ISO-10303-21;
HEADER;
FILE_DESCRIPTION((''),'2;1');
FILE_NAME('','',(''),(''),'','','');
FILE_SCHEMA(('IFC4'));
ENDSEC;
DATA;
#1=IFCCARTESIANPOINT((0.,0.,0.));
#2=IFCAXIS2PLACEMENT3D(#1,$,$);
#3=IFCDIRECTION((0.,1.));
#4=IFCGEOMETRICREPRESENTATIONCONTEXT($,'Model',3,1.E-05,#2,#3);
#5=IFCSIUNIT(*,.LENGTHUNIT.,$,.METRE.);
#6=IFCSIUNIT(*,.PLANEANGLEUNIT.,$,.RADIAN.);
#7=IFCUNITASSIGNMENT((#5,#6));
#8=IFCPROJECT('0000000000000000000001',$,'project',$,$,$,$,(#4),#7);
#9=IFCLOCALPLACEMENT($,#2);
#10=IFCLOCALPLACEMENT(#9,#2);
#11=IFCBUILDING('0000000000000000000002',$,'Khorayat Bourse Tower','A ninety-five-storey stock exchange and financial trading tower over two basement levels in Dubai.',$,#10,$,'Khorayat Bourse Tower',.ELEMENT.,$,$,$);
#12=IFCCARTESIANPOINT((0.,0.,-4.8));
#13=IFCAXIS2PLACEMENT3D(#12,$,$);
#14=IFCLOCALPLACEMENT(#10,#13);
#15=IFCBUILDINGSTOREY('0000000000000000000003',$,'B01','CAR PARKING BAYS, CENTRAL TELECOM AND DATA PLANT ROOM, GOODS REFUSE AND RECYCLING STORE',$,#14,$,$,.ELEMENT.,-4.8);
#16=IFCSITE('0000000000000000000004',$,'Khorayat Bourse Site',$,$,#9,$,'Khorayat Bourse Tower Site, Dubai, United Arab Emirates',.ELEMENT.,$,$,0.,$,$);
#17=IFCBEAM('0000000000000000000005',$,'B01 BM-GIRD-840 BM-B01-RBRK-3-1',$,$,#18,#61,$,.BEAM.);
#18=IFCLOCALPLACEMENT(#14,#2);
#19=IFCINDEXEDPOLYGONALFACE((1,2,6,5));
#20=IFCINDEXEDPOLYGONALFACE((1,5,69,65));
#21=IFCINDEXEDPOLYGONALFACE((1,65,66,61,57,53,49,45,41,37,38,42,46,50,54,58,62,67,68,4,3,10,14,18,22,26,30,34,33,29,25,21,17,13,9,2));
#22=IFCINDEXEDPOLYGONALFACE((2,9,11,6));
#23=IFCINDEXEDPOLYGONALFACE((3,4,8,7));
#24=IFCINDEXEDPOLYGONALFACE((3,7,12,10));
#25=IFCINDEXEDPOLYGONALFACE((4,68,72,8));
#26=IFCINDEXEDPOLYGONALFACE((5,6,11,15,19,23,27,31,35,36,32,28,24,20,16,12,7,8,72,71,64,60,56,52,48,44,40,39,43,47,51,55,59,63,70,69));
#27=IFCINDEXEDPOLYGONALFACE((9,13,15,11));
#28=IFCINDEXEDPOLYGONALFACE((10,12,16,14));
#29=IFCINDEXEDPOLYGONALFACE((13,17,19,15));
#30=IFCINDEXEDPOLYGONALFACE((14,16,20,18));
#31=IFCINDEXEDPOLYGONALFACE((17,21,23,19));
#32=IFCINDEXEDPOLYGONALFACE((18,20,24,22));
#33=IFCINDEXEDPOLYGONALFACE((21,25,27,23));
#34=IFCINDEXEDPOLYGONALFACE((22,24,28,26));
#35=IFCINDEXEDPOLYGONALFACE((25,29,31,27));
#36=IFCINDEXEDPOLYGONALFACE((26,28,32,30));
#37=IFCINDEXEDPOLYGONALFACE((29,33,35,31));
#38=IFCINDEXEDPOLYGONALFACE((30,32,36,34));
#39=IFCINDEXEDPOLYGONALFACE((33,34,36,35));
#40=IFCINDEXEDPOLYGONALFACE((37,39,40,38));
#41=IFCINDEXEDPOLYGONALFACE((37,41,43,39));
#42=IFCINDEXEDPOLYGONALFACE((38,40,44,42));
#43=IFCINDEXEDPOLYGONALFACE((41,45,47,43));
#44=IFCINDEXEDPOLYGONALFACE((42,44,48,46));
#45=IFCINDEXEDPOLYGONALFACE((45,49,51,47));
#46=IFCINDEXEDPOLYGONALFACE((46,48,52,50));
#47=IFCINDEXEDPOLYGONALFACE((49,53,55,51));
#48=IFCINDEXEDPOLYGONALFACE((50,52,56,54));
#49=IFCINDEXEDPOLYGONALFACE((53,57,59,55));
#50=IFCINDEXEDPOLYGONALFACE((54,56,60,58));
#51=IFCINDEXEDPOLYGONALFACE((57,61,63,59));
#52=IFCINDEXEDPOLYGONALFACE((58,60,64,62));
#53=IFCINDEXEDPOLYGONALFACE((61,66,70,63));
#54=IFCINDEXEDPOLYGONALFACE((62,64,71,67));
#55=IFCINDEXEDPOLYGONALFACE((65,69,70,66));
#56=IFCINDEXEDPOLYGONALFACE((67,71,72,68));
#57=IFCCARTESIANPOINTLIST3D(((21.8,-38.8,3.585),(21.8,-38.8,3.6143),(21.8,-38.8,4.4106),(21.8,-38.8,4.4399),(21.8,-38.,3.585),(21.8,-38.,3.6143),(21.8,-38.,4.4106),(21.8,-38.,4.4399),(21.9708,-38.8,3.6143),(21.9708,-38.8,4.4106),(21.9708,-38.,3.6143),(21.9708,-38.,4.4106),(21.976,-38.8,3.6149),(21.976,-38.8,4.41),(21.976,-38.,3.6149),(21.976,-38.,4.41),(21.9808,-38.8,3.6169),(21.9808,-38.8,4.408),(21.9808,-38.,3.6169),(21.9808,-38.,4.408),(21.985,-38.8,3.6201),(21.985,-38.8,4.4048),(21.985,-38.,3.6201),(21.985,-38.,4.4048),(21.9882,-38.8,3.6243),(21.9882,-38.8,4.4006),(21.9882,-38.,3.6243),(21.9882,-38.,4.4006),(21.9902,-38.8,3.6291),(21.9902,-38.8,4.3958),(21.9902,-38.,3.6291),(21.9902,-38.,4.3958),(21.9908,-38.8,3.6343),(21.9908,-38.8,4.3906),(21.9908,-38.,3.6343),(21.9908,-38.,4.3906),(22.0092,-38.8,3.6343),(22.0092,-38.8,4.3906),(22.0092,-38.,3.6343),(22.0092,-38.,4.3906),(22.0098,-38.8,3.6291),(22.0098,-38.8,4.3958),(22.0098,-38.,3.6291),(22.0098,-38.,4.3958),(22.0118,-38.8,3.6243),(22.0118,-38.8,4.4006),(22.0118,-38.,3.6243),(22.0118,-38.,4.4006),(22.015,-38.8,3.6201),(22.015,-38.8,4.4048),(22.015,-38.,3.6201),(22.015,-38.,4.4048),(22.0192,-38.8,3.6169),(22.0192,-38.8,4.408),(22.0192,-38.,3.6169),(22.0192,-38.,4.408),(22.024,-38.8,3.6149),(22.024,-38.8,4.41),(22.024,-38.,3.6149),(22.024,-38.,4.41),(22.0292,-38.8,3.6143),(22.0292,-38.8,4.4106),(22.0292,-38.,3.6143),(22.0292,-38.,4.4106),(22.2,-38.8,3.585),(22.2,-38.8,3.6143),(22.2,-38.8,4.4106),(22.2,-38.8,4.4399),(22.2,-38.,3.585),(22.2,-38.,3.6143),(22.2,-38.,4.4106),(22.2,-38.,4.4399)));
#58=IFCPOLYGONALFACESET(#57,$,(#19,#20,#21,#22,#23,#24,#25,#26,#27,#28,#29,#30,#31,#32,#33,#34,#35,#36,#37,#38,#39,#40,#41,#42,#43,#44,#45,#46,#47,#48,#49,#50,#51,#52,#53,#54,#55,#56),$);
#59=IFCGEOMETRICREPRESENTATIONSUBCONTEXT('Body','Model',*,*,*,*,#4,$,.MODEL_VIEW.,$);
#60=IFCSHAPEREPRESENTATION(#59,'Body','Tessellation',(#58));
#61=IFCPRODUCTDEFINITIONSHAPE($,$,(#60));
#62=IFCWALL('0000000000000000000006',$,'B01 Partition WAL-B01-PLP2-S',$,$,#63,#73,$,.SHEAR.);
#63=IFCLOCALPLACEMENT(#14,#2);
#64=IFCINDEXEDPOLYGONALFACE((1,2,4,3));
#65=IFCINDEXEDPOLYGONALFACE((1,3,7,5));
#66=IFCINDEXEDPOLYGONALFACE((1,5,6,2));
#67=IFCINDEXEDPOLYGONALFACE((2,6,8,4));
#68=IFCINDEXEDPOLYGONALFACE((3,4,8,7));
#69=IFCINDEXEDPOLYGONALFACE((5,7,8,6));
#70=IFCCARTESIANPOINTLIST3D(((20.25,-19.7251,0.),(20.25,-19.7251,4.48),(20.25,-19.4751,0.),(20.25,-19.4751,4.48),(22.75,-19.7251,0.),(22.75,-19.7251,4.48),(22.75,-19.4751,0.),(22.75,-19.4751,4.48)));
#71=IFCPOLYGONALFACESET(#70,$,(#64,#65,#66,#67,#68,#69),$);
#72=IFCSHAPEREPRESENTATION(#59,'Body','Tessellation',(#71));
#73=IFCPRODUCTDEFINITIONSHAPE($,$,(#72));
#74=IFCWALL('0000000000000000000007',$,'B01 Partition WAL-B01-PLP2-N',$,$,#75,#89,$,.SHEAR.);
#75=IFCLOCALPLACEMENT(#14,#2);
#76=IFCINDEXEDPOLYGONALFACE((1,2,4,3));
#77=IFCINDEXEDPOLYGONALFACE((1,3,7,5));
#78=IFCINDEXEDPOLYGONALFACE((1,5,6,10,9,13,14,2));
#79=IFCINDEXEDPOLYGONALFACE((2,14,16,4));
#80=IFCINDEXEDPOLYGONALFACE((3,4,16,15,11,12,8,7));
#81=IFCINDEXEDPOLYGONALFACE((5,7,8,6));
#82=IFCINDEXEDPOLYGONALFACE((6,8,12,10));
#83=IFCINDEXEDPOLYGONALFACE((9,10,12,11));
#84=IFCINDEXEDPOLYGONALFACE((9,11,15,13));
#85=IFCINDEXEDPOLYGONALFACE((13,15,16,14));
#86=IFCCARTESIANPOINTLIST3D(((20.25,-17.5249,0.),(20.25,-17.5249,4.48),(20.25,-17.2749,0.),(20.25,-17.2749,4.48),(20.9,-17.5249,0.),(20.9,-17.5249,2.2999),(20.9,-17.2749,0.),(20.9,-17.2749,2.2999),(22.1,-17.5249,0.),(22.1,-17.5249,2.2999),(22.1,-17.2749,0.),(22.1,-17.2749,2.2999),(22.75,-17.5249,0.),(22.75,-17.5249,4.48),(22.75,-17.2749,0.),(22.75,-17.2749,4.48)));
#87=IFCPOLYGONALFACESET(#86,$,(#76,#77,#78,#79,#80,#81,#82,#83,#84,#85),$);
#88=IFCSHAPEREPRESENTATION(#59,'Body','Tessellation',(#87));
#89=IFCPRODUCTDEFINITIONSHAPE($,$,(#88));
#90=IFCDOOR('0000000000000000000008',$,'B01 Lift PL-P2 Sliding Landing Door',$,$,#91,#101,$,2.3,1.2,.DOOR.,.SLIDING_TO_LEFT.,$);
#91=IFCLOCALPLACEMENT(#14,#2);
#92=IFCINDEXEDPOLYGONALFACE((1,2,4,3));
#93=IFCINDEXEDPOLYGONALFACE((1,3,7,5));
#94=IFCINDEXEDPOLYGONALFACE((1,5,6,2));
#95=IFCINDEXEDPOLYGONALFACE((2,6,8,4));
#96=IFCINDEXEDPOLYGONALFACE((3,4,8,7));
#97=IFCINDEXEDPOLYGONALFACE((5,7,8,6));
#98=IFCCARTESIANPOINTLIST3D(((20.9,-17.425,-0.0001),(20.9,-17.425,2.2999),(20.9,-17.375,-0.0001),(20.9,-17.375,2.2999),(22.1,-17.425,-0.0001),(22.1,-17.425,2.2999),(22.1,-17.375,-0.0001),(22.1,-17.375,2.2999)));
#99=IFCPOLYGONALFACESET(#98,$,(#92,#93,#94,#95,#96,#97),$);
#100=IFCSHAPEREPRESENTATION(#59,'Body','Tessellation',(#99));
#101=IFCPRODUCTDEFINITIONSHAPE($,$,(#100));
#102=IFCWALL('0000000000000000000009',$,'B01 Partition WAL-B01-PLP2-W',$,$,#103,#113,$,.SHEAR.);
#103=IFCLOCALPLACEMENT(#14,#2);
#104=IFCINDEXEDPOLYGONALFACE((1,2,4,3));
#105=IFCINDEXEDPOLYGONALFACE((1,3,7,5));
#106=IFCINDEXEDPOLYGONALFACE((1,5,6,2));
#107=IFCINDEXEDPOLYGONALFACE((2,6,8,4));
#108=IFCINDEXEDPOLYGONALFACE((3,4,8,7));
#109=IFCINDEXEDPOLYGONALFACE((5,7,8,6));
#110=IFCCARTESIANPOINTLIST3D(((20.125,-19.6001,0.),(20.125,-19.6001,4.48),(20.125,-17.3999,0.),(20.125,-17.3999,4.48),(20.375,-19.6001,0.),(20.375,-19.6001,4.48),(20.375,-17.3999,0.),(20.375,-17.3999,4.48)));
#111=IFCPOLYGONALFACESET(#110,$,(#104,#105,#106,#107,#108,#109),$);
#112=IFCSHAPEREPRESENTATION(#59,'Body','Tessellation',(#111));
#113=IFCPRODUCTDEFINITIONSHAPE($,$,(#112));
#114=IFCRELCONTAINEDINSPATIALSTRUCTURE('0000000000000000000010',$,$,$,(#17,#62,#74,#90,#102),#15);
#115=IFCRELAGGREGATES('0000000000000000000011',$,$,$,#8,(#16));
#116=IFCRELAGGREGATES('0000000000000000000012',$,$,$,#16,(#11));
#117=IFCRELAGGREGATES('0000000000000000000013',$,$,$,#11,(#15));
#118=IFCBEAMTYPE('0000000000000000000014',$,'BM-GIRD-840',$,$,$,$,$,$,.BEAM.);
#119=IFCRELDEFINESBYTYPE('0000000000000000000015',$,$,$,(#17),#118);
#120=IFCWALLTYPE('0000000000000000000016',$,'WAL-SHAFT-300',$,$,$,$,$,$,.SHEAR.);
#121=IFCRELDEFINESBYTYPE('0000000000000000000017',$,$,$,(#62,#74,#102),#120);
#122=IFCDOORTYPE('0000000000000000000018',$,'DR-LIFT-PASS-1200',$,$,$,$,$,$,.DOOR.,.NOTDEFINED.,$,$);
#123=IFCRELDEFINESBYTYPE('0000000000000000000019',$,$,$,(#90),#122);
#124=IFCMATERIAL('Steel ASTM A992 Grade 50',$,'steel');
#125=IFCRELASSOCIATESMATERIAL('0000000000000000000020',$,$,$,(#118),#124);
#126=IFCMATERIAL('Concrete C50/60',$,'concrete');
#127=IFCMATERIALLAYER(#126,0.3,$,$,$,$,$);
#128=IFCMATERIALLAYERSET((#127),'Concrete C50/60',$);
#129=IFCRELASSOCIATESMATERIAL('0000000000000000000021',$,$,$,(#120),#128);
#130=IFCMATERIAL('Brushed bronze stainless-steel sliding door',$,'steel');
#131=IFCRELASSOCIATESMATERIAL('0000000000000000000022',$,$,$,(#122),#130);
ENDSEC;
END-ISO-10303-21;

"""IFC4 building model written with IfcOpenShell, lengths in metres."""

from ifc_helpers import new_model, si_unit, direction, frame, frame_2d, origin, origin_2d, place, context, subcontext, project, spatial, rectangle, i_section, extrude, source, transform, mapped, material, layer, layer_set, material_profile, profile_set, type_object, element, fill, save


model = new_model("IFC4")

# Units and contexts
model_context = context("Model", 3, precision=1e-05, world=origin(), true_north=direction((0.0, 1.0)))
body_context = subcontext(model_context, "Body", "Model", "MODEL_VIEW")
ifc_project = project(units=[si_unit("LENGTHUNIT", "METRE"), si_unit("PLANEANGLEUNIT", "RADIAN")], contexts=[model_context])

# Site, building, storey
site_placement = place(None, origin())
site = spatial("IfcSite", under=ifc_project, at=site_placement, Name="Khorayat Bourse Site", LongName="Khorayat Bourse Tower Site, Dubai, United Arab Emirates", CompositionType="ELEMENT", RefElevation=0.0)
building_placement = place(site_placement, origin())
building = spatial("IfcBuilding", under=site, at=building_placement, Name="Khorayat Bourse Tower", Description="A ninety-five-storey stock exchange and financial trading tower over two basement levels in Dubai.", LongName="Khorayat Bourse Tower", CompositionType="ELEMENT")
storey_placement = place(building_placement, frame((0.0, 0.0, -4.8)))
storey = spatial("IfcBuildingStorey", under=building, at=storey_placement, Name="B01", Description="CAR PARKING BAYS, CENTRAL TELECOM AND DATA PLANT ROOM, GOODS REFUSE AND RECYCLING STORE", CompositionType="ELEMENT", Elevation=-4.8)

# Beam
ifc_material_1 = material(Name="Steel ASTM A992 Grade 50", Category="steel")
ifc_material_profile_1 = material_profile(ifc_material_1, i_section(OverallWidth=0.3999, OverallDepth=0.855, WebThickness=0.0183, FlangeThickness=0.0293, FilletRadius=0.02, at=origin_2d()), Name="W840X299")
ifc_profile_set_1 = profile_set([ifc_material_profile_1], Name="Steel ASTM A992 Grade 50")
beam_type_1 = type_object("IfcBeamType", Name="BM-GIRD-840", PredefinedType="BEAM", material=ifc_profile_set_1)
shared_shape_1 = source(origin(), body_context, "Body", "SweptSolid", [
    extrude(i_section(OverallWidth=0.3999, OverallDepth=0.855, WebThickness=0.0183, FlangeThickness=0.0293, FilletRadius=0.02, at=origin_2d()), origin(), (0.0, 0.0, 1.0), 0.8),
])
beam_1_placement = place(storey_placement, frame((22.0, -38.8, 4.0125), z_axis=(0.0, 1.0, 0.0), x_axis=(-1.0, 0.0, 0.0)))
element("IfcBeam", 1, at=beam_1_placement, inside=storey, type_object=beam_type_1, Name="B01 BM-GIRD-840 BM-B01-RBRK-3-1", PredefinedType="BEAM", context=body_context, shape_type="MappedRepresentation", body=[
    mapped(shared_shape_1, transform((0.0, 0.0, 0.0), scale=1.0)),
])

# Wall
ifc_material_2 = material(Name="Concrete C50/60", Category="concrete")
ifc_layer = layer(ifc_material_2, 0.3)
ifc_layer_set = layer_set([ifc_layer], Name="Concrete C50/60")
wall_type = type_object("IfcWallType", Name="WAL-SHAFT-300", PredefinedType="SHEAR", material=ifc_layer_set)
shared_shape_2 = source(origin(), body_context, "Body", "SweptSolid", [
    extrude(rectangle(XDim=2.5, YDim=0.25, at=frame_2d((1.25, 0.0))), origin(), (0.0, 0.0, 1.0), 4.48),
])
wall_1_placement = place(storey_placement, frame((20.25, -19.6001, 0.0), z_axis=(0.0, 0.0, 1.0), x_axis=(1.0, 0.0, 0.0)))
element("IfcWall", 2, at=wall_1_placement, inside=storey, type_object=wall_type, Name="B01 Partition WAL-B01-PLP2-S", PredefinedType="SHEAR", context=body_context, shape_type="MappedRepresentation", body=[
    mapped(shared_shape_2, transform((0.0, 0.0, 0.0), scale=1.0)),
])

# Wall, opening, door
wall_2_placement = place(storey_placement, frame((20.25, -17.3999, 0.0), z_axis=(0.0, 0.0, 1.0), x_axis=(1.0, 0.0, 0.0)))
wall_2 = element("IfcWall", 3, at=wall_2_placement, inside=storey, type_object=wall_type, Name="B01 Partition WAL-B01-PLP2-N", PredefinedType="SHEAR", context=body_context, shape_type="MappedRepresentation", body=[
    mapped(shared_shape_2, transform((0.0, 0.0, 0.0), scale=1.0)),
])
shared_shape_3 = source(origin(), body_context, "Body", "SweptSolid", [
    extrude(rectangle(XDim=1.2, YDim=2.3, at=frame_2d((0.6001, 1.1499))), frame((0.0, 0.135, 0.0), z_axis=(0.0, -1.0, 0.0), x_axis=(1.0, 0.0, 0.0)), (0.0, 0.0, 1.0), 0.27),
])
opening_placement = place(wall_2_placement, frame((0.6499, 0.0, 0.0)))
opening = element("IfcOpeningElement", 4, at=opening_placement, cuts=wall_2, PredefinedType="OPENING", context=body_context, shape_type="MappedRepresentation", body=[
    mapped(shared_shape_3, transform((0.0, 0.0, 0.0), scale=1.0)),
])
ifc_material_3 = material(Name="Brushed bronze stainless-steel sliding door", Category="steel")
door_type = type_object("IfcDoorType", Name="DR-LIFT-PASS-1200", OperationType="NOTDEFINED", PredefinedType="DOOR", material=ifc_material_3)
shared_shape_4 = source(origin(), body_context, "Body", "SweptSolid", [
    extrude(rectangle(XDim=1.2, YDim=2.3, at=frame_2d((0.6001, 1.1499))), frame((0.0, 0.0249, 0.0), z_axis=(0.0, -1.0, 0.0), x_axis=(1.0, 0.0, 0.0)), (0.0, 0.0, 1.0), 0.05),
])
door_placement = place(opening_placement, origin())
door = element("IfcDoor", 5, at=door_placement, inside=storey, type_object=door_type, Name="B01 Lift PL-P2 Sliding Landing Door", OperationType="SLIDING_TO_LEFT", OverallHeight=2.3, OverallWidth=1.2, PredefinedType="DOOR", context=body_context, shape_type="MappedRepresentation", body=[
    mapped(shared_shape_4, transform((0.0, 0.0, 0.0), scale=1.0)),
])
fill(opening, door)

# Wall
shared_shape_5 = source(origin(), body_context, "Body", "SweptSolid", [
    extrude(rectangle(XDim=2.2002, YDim=0.25, at=frame_2d((1.1001, 0.0))), origin(), (0.0, 0.0, 1.0), 4.48),
])
wall_3_placement = place(storey_placement, frame((20.25, -19.6001, 0.0), z_axis=(0.0, 0.0, 1.0), x_axis=(0.0, 1.0, 0.0)))
element("IfcWall", 6, at=wall_3_placement, inside=storey, type_object=wall_type, Name="B01 Partition WAL-B01-PLP2-W", PredefinedType="SHEAR", context=body_context, shape_type="MappedRepresentation", body=[
    mapped(shared_shape_5, transform((0.0, 0.0, 0.0), scale=1.0)),
])

save(model, "model.ifc")
